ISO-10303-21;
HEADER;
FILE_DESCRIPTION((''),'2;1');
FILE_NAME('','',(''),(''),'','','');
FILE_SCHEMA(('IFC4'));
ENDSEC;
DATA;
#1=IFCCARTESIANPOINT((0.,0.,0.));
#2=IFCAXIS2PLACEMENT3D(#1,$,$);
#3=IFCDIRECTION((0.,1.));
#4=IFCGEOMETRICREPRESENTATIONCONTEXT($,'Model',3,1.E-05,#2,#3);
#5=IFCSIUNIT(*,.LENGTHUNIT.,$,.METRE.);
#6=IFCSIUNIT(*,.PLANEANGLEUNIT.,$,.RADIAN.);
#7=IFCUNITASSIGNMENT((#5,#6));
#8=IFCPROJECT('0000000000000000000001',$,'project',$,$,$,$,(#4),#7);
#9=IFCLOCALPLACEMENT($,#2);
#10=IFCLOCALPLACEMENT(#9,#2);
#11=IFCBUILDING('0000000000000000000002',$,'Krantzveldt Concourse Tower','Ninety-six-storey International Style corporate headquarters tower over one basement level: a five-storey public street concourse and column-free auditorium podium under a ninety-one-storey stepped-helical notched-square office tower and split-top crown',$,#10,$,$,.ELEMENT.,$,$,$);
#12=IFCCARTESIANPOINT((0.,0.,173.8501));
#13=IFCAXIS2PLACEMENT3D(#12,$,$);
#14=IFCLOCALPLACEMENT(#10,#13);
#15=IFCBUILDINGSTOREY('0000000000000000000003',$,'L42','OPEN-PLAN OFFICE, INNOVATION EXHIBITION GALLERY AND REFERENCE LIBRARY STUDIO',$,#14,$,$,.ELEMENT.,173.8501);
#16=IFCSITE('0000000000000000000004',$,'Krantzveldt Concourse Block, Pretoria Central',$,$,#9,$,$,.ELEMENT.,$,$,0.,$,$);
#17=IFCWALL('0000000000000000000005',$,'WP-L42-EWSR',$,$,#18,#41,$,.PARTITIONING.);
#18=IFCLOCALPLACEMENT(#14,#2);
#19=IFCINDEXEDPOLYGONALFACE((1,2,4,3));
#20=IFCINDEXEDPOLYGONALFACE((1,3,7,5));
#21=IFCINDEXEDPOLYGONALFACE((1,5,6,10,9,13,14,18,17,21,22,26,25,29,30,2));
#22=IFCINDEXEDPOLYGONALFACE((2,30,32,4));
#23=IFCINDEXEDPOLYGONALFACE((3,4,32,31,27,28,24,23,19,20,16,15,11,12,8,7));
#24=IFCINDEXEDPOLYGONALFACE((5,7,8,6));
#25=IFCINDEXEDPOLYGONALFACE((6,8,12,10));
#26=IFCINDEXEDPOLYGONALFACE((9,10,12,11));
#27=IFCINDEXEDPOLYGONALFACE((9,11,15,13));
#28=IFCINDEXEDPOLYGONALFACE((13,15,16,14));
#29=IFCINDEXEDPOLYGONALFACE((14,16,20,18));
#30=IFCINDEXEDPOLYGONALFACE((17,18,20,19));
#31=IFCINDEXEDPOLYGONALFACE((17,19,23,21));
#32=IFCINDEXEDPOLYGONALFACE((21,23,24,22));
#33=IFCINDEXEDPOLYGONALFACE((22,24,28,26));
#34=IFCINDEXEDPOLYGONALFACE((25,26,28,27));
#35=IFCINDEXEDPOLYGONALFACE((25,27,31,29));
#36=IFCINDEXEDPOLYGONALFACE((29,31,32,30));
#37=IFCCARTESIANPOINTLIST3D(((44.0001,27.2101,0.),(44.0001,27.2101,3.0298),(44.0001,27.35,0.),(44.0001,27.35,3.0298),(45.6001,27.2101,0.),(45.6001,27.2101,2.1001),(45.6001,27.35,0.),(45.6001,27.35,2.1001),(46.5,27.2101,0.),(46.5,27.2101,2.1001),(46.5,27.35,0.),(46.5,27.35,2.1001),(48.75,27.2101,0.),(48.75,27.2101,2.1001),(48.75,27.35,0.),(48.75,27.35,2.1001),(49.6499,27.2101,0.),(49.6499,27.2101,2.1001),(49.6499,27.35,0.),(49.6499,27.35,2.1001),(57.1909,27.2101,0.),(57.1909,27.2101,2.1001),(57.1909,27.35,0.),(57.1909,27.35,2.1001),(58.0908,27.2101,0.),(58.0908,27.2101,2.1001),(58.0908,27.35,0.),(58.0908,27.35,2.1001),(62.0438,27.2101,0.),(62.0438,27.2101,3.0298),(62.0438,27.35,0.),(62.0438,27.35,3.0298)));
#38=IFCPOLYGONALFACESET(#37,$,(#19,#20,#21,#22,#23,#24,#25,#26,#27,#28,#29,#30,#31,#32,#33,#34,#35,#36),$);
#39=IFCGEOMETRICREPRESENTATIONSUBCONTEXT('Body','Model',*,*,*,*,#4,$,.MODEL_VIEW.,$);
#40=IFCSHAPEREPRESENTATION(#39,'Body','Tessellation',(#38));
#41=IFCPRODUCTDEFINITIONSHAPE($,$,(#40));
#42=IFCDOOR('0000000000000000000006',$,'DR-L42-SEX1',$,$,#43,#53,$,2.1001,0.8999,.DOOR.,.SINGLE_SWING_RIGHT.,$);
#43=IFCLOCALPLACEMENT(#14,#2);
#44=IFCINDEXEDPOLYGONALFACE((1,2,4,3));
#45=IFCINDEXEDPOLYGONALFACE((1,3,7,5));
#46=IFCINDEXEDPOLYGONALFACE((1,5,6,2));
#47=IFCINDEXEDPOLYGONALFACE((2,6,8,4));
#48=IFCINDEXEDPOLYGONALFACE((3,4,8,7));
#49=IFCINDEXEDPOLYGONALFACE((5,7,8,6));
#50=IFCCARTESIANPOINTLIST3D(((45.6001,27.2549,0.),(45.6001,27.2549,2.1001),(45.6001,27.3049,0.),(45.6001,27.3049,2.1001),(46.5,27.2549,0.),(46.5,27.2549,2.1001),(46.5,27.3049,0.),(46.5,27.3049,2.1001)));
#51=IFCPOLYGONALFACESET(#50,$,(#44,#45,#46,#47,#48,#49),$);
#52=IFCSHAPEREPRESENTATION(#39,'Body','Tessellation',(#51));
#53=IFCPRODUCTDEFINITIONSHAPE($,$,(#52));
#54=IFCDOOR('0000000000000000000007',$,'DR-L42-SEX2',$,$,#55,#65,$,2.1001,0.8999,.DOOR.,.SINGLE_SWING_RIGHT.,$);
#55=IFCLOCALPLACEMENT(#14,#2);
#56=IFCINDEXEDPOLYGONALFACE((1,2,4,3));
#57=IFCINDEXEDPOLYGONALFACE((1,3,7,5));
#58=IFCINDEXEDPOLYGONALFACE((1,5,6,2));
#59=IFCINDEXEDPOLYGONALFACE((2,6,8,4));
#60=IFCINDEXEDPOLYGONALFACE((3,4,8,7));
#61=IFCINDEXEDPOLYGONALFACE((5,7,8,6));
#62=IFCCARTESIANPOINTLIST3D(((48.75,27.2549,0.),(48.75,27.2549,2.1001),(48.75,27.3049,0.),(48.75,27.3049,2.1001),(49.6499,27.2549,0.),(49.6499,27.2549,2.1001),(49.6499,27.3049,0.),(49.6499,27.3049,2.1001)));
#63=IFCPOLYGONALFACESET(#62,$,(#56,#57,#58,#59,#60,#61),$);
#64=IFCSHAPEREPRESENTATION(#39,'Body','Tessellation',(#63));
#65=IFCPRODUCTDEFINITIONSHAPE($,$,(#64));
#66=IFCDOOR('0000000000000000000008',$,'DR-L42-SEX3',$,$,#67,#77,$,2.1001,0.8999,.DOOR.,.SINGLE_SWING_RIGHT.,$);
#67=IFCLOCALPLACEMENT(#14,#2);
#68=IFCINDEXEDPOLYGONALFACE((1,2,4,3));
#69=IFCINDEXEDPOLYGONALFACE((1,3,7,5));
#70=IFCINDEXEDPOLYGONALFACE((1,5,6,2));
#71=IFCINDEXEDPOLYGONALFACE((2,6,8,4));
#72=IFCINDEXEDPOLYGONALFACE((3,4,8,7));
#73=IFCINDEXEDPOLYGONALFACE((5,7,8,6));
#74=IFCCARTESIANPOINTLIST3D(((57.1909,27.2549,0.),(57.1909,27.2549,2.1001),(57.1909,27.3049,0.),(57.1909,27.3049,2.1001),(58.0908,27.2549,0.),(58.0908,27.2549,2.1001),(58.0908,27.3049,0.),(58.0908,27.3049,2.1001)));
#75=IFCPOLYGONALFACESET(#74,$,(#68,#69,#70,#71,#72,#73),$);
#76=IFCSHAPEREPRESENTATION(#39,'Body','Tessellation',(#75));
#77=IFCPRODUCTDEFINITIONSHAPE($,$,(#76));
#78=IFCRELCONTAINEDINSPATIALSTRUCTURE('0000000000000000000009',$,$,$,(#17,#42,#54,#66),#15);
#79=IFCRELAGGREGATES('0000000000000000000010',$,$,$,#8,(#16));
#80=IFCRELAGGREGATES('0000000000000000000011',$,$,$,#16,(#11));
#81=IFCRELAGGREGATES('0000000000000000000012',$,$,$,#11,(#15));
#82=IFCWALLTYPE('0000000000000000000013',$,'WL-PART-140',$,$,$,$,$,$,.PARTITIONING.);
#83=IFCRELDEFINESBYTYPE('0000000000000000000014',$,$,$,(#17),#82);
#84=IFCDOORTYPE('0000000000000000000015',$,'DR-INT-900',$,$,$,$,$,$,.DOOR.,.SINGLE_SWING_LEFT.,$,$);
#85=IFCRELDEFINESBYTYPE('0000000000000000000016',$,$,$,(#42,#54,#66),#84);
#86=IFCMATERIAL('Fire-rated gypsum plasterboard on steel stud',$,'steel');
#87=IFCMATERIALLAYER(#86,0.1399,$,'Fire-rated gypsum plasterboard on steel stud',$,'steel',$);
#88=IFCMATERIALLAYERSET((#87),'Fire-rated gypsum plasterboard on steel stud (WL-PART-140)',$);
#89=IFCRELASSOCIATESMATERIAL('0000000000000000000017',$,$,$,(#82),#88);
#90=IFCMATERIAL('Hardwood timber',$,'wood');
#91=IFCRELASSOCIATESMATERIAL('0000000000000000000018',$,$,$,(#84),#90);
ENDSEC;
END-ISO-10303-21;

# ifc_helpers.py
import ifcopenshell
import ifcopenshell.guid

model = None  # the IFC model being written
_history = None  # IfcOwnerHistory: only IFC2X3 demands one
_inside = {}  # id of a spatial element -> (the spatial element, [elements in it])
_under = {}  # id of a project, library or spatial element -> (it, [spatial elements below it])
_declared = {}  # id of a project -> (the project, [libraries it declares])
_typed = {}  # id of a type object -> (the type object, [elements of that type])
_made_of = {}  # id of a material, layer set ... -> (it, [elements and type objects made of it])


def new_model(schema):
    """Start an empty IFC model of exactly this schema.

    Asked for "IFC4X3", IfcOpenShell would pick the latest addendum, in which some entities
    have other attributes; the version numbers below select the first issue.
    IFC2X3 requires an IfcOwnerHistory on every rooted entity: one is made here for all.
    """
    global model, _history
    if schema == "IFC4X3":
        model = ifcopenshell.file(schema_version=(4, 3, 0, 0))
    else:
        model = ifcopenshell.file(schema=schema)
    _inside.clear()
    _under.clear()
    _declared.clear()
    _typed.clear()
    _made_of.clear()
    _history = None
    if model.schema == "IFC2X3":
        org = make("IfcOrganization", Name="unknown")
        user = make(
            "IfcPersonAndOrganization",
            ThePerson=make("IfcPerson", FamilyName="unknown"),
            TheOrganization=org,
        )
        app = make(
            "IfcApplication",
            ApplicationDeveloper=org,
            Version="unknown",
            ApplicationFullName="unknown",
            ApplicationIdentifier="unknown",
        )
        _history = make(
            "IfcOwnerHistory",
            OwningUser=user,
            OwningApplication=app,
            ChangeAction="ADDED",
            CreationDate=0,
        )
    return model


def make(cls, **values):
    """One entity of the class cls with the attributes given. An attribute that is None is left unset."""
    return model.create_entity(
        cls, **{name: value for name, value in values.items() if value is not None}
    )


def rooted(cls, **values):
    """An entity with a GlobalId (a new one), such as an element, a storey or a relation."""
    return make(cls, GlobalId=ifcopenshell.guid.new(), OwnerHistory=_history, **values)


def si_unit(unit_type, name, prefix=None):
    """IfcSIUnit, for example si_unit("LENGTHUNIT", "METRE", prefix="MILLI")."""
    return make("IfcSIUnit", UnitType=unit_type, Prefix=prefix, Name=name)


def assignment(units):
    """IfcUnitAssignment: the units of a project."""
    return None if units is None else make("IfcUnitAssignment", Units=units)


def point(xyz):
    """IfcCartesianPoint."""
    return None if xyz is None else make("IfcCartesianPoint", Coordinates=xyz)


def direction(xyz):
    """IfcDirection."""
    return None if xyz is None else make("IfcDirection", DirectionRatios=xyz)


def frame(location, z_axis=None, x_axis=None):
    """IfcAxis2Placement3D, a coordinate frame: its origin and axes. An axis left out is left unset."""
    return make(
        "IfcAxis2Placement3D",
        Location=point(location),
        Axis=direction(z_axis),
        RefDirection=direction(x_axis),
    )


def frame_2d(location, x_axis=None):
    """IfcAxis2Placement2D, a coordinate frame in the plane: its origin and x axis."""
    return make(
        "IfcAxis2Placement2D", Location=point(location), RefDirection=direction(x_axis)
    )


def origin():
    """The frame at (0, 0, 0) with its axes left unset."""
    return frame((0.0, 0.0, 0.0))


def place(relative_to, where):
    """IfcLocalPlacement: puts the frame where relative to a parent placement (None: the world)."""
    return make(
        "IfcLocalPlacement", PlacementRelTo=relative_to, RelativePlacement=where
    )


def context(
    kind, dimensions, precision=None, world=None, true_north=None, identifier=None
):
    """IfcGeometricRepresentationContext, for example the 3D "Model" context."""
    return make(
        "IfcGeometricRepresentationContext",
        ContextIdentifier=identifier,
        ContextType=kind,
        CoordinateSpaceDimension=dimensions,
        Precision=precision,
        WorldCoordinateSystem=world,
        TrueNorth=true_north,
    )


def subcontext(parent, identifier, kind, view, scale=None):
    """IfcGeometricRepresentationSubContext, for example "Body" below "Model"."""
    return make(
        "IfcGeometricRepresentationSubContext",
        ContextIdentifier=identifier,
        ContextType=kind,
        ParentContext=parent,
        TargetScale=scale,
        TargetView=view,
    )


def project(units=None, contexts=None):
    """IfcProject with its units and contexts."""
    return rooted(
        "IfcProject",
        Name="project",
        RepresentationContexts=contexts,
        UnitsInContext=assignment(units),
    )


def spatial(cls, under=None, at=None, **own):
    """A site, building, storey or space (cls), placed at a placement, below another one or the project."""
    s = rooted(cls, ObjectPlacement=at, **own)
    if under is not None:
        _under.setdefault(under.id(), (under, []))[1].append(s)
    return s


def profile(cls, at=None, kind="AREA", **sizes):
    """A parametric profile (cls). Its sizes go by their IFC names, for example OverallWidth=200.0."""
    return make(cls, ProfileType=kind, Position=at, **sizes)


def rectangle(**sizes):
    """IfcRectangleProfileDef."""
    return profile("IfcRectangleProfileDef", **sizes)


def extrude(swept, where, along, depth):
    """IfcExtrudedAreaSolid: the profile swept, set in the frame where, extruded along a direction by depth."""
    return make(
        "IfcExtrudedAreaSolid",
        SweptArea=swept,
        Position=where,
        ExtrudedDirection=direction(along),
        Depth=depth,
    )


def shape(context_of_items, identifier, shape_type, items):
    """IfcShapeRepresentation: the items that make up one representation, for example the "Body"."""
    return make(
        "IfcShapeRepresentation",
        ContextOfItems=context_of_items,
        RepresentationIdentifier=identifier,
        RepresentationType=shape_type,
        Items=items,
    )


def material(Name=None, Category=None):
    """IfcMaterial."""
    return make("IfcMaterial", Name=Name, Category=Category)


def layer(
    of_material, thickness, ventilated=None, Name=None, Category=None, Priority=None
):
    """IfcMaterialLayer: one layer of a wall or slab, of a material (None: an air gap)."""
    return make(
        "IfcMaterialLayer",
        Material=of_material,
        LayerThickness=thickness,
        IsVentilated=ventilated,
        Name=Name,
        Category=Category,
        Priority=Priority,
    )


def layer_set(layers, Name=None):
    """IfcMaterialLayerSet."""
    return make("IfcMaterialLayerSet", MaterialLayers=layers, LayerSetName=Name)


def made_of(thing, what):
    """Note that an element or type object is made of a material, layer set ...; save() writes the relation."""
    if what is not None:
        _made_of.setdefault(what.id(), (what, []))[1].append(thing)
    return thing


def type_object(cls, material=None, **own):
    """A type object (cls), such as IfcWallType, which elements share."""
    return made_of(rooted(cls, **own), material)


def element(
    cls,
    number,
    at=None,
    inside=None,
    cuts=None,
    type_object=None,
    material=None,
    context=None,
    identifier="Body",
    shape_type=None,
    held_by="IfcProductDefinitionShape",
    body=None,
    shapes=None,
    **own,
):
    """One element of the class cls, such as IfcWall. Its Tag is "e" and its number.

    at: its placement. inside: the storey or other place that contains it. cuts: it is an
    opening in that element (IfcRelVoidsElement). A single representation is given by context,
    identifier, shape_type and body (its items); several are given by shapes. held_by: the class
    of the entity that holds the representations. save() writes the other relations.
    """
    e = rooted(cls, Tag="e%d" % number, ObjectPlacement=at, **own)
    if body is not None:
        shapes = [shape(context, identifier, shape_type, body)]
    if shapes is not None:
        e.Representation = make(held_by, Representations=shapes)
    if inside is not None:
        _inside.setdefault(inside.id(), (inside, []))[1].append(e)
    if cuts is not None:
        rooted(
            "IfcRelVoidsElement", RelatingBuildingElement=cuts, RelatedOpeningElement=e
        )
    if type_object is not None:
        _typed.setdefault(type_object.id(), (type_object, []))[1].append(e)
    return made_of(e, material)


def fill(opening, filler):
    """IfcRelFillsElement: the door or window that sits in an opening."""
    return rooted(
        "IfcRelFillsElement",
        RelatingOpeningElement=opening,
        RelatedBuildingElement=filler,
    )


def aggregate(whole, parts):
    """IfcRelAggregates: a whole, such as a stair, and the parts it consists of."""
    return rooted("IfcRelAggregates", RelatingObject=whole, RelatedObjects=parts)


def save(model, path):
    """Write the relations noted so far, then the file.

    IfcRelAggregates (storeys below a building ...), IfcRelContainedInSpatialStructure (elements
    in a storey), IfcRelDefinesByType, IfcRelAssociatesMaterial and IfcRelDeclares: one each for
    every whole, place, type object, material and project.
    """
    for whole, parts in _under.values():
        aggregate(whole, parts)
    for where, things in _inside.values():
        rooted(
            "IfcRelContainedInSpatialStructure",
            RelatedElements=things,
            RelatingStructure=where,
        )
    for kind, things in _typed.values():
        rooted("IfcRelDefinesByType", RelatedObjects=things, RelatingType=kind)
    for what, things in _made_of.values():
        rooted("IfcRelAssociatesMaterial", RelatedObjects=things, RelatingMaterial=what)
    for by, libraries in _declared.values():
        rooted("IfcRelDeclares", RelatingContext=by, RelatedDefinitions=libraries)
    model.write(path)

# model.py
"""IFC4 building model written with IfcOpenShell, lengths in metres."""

from ifc_helpers import new_model, si_unit, direction, frame, frame_2d, origin, place, context, subcontext, project, spatial, rectangle, extrude, material, layer, layer_set, type_object, element, fill, save


model = new_model("IFC4")

# Units and contexts
model_context = context("Model", 3, precision=1e-05, world=origin(), true_north=direction((0.0, 1.0)))
body_context = subcontext(model_context, "Body", "Model", "MODEL_VIEW")
ifc_project = project(units=[si_unit("LENGTHUNIT", "METRE"), si_unit("PLANEANGLEUNIT", "RADIAN")], contexts=[model_context])

# Site, building, storey
site_placement = place(None, origin())
site = spatial("IfcSite", under=ifc_project, at=site_placement, Name="Krantzveldt Concourse Block, Pretoria Central", CompositionType="ELEMENT", RefElevation=0.0)
building_placement = place(site_placement, origin())
building = spatial("IfcBuilding", under=site, at=building_placement, Name="Krantzveldt Concourse Tower", Description="Ninety-six-storey International Style corporate headquarters tower over one basement level: a five-storey public street concourse and column-free auditorium podium under a ninety-one-storey stepped-helical notched-square office tower and split-top crown", CompositionType="ELEMENT")
storey_placement = place(building_placement, frame((0.0, 0.0, 173.8501)))
storey = spatial("IfcBuildingStorey", under=building, at=storey_placement, Name="L42", Description="OPEN-PLAN OFFICE, INNOVATION EXHIBITION GALLERY AND REFERENCE LIBRARY STUDIO", CompositionType="ELEMENT", Elevation=173.8501)

# Wall, openings, doors
ifc_material_1 = material(Name="Fire-rated gypsum plasterboard on steel stud", Category="steel")
ifc_layer_1 = layer(ifc_material_1, 0.1399, Name="Fire-rated gypsum plasterboard on steel stud", Category="steel")
ifc_layer_set_1 = layer_set([ifc_layer_1], Name="Fire-rated gypsum plasterboard on steel stud (WL-PART-140)")
wall_type_1 = type_object("IfcWallType", Name="WL-PART-140", PredefinedType="PARTITIONING", material=ifc_layer_set_1)
wall_1_placement = place(storey_placement, frame((44.0, 27.28, 0.0), z_axis=(0.0, 0.0, 1.0), x_axis=(1.0, 0.0, 0.0)))
wall_1 = element("IfcWall", 1, at=wall_1_placement, inside=storey, type_object=wall_type_1, Name="WP-L42-EWSR", PredefinedType="PARTITIONING", context=body_context, shape_type="SweptSolid", body=[
    extrude(rectangle(XDim=18.0437, YDim=0.1399, at=frame_2d((9.022, 0.0))), origin(), (0.0, 0.0, 1.0), 3.0298),
])
opening_1_placement = place(wall_1_placement, frame((1.6001, 0.0, 0.0)))
opening_1 = element("IfcOpeningElement", 2, at=opening_1_placement, cuts=wall_1, PredefinedType="OPENING", context=body_context, shape_type="SweptSolid", body=[
    extrude(rectangle(XDim=0.8999, YDim=2.1001, at=frame_2d((0.45, 1.05))), frame((0.0, 0.0801, 0.0), z_axis=(0.0, -1.0, 0.0), x_axis=(1.0, 0.0, 0.0)), (0.0, 0.0, 1.0), 0.1599),
])
opening_2_placement = place(wall_1_placement, frame((4.75, 0.0, 0.0)))
opening_2 = element("IfcOpeningElement", 3, at=opening_2_placement, cuts=wall_1, PredefinedType="OPENING", context=body_context, shape_type="SweptSolid", body=[
    extrude(rectangle(XDim=0.8999, YDim=2.1001, at=frame_2d((0.45, 1.05))), frame((0.0, 0.0801, 0.0), z_axis=(0.0, -1.0, 0.0), x_axis=(1.0, 0.0, 0.0)), (0.0, 0.0, 1.0), 0.1599),
])
opening_3_placement = place(wall_1_placement, frame((13.1909, 0.0, 0.0)))
opening_3 = element("IfcOpeningElement", 4, at=opening_3_placement, cuts=wall_1, PredefinedType="OPENING", context=body_context, shape_type="SweptSolid", body=[
    extrude(rectangle(XDim=0.8999, YDim=2.1001, at=frame_2d((0.45, 1.05))), frame((0.0, 0.0801, 0.0), z_axis=(0.0, -1.0, 0.0), x_axis=(1.0, 0.0, 0.0)), (0.0, 0.0, 1.0), 0.1599),
])
ifc_material_2 = material(Name="Hardwood timber", Category="wood")
door_type = type_object("IfcDoorType", Name="DR-INT-900", OperationType="SINGLE_SWING_LEFT", PredefinedType="DOOR", material=ifc_material_2)
door_1_placement = place(opening_1_placement, origin())
door_1 = element("IfcDoor", 5, at=door_1_placement, inside=storey, type_object=door_type, Name="DR-L42-SEX1", OperationType="SINGLE_SWING_RIGHT", OverallHeight=2.1001, OverallWidth=0.8999, PredefinedType="DOOR", context=body_context, shape_type="SweptSolid", body=[
    extrude(rectangle(XDim=0.8999, YDim=2.1001, at=frame_2d((0.45, 1.05))), frame((0.0, 0.0249, 0.0), z_axis=(0.0, -1.0, 0.0), x_axis=(1.0, 0.0, 0.0)), (0.0, 0.0, 1.0), 0.05),
])
fill(opening_1, door_1)
door_2_placement = place(opening_2_placement, origin())
door_2 = element("IfcDoor", 6, at=door_2_placement, inside=storey, type_object=door_type, Name="DR-L42-SEX2", OperationType="SINGLE_SWING_RIGHT", OverallHeight=2.1001, OverallWidth=0.8999, PredefinedType="DOOR", context=body_context, shape_type="SweptSolid", body=[
    extrude(rectangle(XDim=0.8999, YDim=2.1001, at=frame_2d((0.45, 1.05))), frame((0.0, 0.0249, 0.0), z_axis=(0.0, -1.0, 0.0), x_axis=(1.0, 0.0, 0.0)), (0.0, 0.0, 1.0), 0.05),
])
fill(opening_2, door_2)
door_3_placement = place(opening_3_placement, origin())
door_3 = element("IfcDoor", 7, at=door_3_placement, inside=storey, type_object=door_type, Name="DR-L42-SEX3", OperationType="SINGLE_SWING_RIGHT", OverallHeight=2.1001, OverallWidth=0.8999, PredefinedType="DOOR", context=body_context, shape_type="SweptSolid", body=[
    extrude(rectangle(XDim=0.8999, YDim=2.1001, at=frame_2d((0.45, 1.05))), frame((0.0, 0.0249, 0.0), z_axis=(0.0, -1.0, 0.0), x_axis=(1.0, 0.0, 0.0)), (0.0, 0.0, 1.0), 0.05),
])
fill(opening_3, door_3)

save(model, "model.ifc")
